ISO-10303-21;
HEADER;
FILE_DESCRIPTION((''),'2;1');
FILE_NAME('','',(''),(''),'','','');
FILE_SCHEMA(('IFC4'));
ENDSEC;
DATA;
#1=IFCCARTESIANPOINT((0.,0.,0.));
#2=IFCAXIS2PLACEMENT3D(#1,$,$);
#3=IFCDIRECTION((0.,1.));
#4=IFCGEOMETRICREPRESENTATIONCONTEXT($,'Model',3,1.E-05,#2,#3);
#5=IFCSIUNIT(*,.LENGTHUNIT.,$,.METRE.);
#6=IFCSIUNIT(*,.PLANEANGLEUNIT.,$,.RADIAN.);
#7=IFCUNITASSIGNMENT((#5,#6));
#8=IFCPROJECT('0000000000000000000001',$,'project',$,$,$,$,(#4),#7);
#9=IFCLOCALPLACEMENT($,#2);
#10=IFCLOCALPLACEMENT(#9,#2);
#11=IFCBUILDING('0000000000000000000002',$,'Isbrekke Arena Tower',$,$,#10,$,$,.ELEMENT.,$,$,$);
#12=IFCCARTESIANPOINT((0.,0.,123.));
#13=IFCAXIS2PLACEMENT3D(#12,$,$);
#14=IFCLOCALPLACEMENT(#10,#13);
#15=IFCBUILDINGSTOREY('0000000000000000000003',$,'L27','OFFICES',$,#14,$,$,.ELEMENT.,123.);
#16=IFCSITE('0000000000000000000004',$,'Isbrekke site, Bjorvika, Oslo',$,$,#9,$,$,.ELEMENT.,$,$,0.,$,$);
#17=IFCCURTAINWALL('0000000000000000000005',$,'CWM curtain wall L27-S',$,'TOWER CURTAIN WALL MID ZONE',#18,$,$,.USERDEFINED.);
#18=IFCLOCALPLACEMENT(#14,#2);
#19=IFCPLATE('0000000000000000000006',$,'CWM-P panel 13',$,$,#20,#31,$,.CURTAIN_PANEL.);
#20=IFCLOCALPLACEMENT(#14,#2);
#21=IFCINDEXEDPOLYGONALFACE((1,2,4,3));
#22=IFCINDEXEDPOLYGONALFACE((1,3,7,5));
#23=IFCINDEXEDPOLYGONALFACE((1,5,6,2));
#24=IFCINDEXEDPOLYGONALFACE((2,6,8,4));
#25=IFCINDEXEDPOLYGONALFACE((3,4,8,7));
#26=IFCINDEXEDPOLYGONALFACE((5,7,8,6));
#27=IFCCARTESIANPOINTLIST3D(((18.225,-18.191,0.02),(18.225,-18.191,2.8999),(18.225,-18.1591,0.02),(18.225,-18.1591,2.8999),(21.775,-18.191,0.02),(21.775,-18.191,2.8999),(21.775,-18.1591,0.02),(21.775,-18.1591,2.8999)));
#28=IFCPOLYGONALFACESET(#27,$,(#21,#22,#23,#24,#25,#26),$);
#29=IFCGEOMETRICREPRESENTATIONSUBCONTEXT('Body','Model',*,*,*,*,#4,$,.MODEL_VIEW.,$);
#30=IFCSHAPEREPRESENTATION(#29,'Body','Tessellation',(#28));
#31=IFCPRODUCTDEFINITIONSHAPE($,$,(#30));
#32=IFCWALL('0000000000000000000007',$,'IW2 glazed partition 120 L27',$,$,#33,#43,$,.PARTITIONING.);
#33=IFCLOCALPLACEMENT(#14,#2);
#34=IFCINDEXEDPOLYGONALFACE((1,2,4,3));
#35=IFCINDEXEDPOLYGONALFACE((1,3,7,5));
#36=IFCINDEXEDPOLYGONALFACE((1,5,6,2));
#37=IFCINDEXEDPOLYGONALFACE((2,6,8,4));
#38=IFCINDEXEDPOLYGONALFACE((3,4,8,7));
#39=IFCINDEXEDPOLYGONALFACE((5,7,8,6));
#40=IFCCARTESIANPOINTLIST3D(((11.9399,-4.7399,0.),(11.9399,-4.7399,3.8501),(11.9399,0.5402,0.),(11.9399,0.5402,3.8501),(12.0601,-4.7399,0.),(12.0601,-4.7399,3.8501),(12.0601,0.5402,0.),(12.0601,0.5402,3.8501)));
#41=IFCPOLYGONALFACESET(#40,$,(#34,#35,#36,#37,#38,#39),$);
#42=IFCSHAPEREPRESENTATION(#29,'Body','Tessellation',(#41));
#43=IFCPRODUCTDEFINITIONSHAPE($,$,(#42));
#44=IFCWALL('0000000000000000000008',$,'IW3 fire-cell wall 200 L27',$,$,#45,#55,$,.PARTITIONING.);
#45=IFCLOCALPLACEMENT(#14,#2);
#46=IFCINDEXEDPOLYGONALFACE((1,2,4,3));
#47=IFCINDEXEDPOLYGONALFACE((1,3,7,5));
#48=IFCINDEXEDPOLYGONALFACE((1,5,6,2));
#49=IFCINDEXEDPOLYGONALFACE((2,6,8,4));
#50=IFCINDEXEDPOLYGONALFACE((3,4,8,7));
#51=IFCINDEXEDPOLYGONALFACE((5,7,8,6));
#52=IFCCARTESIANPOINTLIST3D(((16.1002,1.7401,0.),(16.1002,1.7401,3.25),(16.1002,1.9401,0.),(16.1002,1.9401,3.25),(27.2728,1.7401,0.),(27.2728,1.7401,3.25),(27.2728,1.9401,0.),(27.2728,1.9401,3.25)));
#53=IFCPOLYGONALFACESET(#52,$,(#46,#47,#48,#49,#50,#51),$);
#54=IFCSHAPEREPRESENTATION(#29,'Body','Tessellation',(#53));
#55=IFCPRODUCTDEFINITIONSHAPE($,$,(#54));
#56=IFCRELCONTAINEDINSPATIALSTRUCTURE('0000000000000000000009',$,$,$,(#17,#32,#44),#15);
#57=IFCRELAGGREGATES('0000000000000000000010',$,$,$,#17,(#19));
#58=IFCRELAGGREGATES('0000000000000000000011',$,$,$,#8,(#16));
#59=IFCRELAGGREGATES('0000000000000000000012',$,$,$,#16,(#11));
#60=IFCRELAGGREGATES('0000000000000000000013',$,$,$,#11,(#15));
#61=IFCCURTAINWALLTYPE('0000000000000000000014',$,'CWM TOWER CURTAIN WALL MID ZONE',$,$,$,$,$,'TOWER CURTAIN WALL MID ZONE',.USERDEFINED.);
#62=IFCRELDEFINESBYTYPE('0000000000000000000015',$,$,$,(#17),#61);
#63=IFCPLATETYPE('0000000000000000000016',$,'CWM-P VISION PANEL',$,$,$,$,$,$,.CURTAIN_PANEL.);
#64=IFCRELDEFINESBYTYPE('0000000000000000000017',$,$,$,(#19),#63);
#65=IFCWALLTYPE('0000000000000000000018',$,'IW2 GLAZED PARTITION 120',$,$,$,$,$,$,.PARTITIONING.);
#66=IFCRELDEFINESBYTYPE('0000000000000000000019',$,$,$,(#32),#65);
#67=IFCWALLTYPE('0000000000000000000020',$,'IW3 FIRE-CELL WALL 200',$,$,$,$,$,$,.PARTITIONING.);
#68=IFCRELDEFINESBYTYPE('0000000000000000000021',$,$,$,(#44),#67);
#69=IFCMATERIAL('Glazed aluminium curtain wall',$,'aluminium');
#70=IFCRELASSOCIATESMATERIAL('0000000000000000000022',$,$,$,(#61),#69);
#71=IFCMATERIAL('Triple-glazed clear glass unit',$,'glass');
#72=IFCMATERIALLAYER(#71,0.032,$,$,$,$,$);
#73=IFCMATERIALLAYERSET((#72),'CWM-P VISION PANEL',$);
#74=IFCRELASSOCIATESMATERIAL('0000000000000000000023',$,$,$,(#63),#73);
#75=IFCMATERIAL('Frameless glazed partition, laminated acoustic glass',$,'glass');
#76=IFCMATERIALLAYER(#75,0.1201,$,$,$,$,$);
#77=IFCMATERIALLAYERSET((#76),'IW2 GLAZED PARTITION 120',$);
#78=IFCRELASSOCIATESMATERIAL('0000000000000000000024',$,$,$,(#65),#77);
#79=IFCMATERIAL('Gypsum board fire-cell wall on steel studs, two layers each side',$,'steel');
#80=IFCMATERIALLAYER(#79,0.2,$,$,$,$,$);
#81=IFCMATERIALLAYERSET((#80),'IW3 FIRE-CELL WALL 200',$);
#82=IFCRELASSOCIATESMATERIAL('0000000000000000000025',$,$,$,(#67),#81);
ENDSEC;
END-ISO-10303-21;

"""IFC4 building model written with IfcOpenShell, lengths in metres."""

from ifc_helpers import new_model, si_unit, direction, frame, frame_2d, origin, origin_2d, place, context, subcontext, project, spatial, rectangle, extrude, material, layer, layer_set, type_object, element, aggregate, save


model = new_model("IFC4")

# Units and contexts
model_context = context("Model", 3, precision=1e-05, world=origin(), true_north=direction((0.0, 1.0)))
body_context = subcontext(model_context, "Body", "Model", "MODEL_VIEW")
ifc_project = project(units=[si_unit("LENGTHUNIT", "METRE"), si_unit("PLANEANGLEUNIT", "RADIAN")], contexts=[model_context])

# Site, building, storey
site_placement = place(None, origin())
site = spatial("IfcSite", under=ifc_project, at=site_placement, Name="Isbrekke site, Bjorvika, Oslo", CompositionType="ELEMENT", RefElevation=0.0)
building_placement = place(site_placement, origin())
building = spatial("IfcBuilding", under=site, at=building_placement, Name="Isbrekke Arena Tower", CompositionType="ELEMENT")
storey_placement = place(building_placement, frame((0.0, 0.0, 123.0)))
storey = spatial("IfcBuildingStorey", under=building, at=storey_placement, Name="L27", Description="OFFICES", CompositionType="ELEMENT", Elevation=123.0)

# Curtain wall
ifc_material_1 = material(Name="Glazed aluminium curtain wall", Category="aluminium")
curtain_wall_type = type_object("IfcCurtainWallType", Name="CWM TOWER CURTAIN WALL MID ZONE", ElementType="TOWER CURTAIN WALL MID ZONE", PredefinedType="USERDEFINED", material=ifc_material_1)
curtain_wall_placement = place(storey_placement, origin())
curtain_wall = element("IfcCurtainWall", 1, at=curtain_wall_placement, inside=storey, type_object=curtain_wall_type, Name="CWM curtain wall L27-S", ObjectType="TOWER CURTAIN WALL MID ZONE", PredefinedType="USERDEFINED")

# Plate
ifc_material_2 = material(Name="Triple-glazed clear glass unit", Category="glass")
ifc_layer_1 = layer(ifc_material_2, 0.032)
ifc_layer_set_1 = layer_set([ifc_layer_1], Name="CWM-P VISION PANEL")
plate_type = type_object("IfcPlateType", Name="CWM-P VISION PANEL", PredefinedType="CURTAIN_PANEL", material=ifc_layer_set_1)
plate_1_placement = place(storey_placement, frame((20.0, -18.175, 0.02), z_axis=(0.0, 0.0, 1.0), x_axis=(1.0, 0.0, 0.0)))
plate_1 = element("IfcPlate", 2, at=plate_1_placement, type_object=plate_type, Name="CWM-P panel 13", PredefinedType="CURTAIN_PANEL", context=body_context, shape_type="SweptSolid", body=[
    extrude(rectangle(XDim=3.55, YDim=0.032, at=origin_2d()), origin(), (0.0, 0.0, 1.0), 2.8799),
])
aggregate(curtain_wall, [plate_1])

# Walls
ifc_material_3 = material(Name="Frameless glazed partition, laminated acoustic glass", Category="glass")
ifc_layer_2 = layer(ifc_material_3, 0.1201)
ifc_layer_set_2 = layer_set([ifc_layer_2], Name="IW2 GLAZED PARTITION 120")
wall_type_1 = type_object("IfcWallType", Name="IW2 GLAZED PARTITION 120", PredefinedType="PARTITIONING", material=ifc_layer_set_2)
wall_1_placement = place(storey_placement, frame((12.0, -4.74, 0.0), z_axis=(0.0, 0.0, 1.0), x_axis=(0.0, 1.0, 0.0)))
element("IfcWall", 3, at=wall_1_placement, inside=storey, type_object=wall_type_1, Name="IW2 glazed partition 120 L27", PredefinedType="PARTITIONING", context=body_context, shape_type="SweptSolid", body=[
    extrude(rectangle(XDim=5.28, YDim=0.1201, at=frame_2d((2.6401, 0.0))), origin(), (0.0, 0.0, 1.0), 3.8501),
])
ifc_material_4 = material(Name="Gypsum board fire-cell wall on steel studs, two layers each side", Category="steel")
ifc_layer_3 = layer(ifc_material_4, 0.2)
ifc_layer_set_3 = layer_set([ifc_layer_3], Name="IW3 FIRE-CELL WALL 200")
wall_type_2 = type_object("IfcWallType", Name="IW3 FIRE-CELL WALL 200", PredefinedType="PARTITIONING", material=ifc_layer_set_3)
wall_2_placement = place(storey_placement, frame((16.1001, 1.8401, 0.0), z_axis=(0.0, 0.0, 1.0), x_axis=(1.0, 0.0, 0.0)))
element("IfcWall", 4, at=wall_2_placement, inside=storey, type_object=wall_type_2, Name="IW3 fire-cell wall 200 L27", PredefinedType="PARTITIONING", context=body_context, shape_type="SweptSolid", body=[
    extrude(rectangle(XDim=11.1726, YDim=0.2, at=frame_2d((5.5864, 0.0))), origin(), (0.0, 0.0, 1.0), 3.25),
])

save(model, "model.ifc")
